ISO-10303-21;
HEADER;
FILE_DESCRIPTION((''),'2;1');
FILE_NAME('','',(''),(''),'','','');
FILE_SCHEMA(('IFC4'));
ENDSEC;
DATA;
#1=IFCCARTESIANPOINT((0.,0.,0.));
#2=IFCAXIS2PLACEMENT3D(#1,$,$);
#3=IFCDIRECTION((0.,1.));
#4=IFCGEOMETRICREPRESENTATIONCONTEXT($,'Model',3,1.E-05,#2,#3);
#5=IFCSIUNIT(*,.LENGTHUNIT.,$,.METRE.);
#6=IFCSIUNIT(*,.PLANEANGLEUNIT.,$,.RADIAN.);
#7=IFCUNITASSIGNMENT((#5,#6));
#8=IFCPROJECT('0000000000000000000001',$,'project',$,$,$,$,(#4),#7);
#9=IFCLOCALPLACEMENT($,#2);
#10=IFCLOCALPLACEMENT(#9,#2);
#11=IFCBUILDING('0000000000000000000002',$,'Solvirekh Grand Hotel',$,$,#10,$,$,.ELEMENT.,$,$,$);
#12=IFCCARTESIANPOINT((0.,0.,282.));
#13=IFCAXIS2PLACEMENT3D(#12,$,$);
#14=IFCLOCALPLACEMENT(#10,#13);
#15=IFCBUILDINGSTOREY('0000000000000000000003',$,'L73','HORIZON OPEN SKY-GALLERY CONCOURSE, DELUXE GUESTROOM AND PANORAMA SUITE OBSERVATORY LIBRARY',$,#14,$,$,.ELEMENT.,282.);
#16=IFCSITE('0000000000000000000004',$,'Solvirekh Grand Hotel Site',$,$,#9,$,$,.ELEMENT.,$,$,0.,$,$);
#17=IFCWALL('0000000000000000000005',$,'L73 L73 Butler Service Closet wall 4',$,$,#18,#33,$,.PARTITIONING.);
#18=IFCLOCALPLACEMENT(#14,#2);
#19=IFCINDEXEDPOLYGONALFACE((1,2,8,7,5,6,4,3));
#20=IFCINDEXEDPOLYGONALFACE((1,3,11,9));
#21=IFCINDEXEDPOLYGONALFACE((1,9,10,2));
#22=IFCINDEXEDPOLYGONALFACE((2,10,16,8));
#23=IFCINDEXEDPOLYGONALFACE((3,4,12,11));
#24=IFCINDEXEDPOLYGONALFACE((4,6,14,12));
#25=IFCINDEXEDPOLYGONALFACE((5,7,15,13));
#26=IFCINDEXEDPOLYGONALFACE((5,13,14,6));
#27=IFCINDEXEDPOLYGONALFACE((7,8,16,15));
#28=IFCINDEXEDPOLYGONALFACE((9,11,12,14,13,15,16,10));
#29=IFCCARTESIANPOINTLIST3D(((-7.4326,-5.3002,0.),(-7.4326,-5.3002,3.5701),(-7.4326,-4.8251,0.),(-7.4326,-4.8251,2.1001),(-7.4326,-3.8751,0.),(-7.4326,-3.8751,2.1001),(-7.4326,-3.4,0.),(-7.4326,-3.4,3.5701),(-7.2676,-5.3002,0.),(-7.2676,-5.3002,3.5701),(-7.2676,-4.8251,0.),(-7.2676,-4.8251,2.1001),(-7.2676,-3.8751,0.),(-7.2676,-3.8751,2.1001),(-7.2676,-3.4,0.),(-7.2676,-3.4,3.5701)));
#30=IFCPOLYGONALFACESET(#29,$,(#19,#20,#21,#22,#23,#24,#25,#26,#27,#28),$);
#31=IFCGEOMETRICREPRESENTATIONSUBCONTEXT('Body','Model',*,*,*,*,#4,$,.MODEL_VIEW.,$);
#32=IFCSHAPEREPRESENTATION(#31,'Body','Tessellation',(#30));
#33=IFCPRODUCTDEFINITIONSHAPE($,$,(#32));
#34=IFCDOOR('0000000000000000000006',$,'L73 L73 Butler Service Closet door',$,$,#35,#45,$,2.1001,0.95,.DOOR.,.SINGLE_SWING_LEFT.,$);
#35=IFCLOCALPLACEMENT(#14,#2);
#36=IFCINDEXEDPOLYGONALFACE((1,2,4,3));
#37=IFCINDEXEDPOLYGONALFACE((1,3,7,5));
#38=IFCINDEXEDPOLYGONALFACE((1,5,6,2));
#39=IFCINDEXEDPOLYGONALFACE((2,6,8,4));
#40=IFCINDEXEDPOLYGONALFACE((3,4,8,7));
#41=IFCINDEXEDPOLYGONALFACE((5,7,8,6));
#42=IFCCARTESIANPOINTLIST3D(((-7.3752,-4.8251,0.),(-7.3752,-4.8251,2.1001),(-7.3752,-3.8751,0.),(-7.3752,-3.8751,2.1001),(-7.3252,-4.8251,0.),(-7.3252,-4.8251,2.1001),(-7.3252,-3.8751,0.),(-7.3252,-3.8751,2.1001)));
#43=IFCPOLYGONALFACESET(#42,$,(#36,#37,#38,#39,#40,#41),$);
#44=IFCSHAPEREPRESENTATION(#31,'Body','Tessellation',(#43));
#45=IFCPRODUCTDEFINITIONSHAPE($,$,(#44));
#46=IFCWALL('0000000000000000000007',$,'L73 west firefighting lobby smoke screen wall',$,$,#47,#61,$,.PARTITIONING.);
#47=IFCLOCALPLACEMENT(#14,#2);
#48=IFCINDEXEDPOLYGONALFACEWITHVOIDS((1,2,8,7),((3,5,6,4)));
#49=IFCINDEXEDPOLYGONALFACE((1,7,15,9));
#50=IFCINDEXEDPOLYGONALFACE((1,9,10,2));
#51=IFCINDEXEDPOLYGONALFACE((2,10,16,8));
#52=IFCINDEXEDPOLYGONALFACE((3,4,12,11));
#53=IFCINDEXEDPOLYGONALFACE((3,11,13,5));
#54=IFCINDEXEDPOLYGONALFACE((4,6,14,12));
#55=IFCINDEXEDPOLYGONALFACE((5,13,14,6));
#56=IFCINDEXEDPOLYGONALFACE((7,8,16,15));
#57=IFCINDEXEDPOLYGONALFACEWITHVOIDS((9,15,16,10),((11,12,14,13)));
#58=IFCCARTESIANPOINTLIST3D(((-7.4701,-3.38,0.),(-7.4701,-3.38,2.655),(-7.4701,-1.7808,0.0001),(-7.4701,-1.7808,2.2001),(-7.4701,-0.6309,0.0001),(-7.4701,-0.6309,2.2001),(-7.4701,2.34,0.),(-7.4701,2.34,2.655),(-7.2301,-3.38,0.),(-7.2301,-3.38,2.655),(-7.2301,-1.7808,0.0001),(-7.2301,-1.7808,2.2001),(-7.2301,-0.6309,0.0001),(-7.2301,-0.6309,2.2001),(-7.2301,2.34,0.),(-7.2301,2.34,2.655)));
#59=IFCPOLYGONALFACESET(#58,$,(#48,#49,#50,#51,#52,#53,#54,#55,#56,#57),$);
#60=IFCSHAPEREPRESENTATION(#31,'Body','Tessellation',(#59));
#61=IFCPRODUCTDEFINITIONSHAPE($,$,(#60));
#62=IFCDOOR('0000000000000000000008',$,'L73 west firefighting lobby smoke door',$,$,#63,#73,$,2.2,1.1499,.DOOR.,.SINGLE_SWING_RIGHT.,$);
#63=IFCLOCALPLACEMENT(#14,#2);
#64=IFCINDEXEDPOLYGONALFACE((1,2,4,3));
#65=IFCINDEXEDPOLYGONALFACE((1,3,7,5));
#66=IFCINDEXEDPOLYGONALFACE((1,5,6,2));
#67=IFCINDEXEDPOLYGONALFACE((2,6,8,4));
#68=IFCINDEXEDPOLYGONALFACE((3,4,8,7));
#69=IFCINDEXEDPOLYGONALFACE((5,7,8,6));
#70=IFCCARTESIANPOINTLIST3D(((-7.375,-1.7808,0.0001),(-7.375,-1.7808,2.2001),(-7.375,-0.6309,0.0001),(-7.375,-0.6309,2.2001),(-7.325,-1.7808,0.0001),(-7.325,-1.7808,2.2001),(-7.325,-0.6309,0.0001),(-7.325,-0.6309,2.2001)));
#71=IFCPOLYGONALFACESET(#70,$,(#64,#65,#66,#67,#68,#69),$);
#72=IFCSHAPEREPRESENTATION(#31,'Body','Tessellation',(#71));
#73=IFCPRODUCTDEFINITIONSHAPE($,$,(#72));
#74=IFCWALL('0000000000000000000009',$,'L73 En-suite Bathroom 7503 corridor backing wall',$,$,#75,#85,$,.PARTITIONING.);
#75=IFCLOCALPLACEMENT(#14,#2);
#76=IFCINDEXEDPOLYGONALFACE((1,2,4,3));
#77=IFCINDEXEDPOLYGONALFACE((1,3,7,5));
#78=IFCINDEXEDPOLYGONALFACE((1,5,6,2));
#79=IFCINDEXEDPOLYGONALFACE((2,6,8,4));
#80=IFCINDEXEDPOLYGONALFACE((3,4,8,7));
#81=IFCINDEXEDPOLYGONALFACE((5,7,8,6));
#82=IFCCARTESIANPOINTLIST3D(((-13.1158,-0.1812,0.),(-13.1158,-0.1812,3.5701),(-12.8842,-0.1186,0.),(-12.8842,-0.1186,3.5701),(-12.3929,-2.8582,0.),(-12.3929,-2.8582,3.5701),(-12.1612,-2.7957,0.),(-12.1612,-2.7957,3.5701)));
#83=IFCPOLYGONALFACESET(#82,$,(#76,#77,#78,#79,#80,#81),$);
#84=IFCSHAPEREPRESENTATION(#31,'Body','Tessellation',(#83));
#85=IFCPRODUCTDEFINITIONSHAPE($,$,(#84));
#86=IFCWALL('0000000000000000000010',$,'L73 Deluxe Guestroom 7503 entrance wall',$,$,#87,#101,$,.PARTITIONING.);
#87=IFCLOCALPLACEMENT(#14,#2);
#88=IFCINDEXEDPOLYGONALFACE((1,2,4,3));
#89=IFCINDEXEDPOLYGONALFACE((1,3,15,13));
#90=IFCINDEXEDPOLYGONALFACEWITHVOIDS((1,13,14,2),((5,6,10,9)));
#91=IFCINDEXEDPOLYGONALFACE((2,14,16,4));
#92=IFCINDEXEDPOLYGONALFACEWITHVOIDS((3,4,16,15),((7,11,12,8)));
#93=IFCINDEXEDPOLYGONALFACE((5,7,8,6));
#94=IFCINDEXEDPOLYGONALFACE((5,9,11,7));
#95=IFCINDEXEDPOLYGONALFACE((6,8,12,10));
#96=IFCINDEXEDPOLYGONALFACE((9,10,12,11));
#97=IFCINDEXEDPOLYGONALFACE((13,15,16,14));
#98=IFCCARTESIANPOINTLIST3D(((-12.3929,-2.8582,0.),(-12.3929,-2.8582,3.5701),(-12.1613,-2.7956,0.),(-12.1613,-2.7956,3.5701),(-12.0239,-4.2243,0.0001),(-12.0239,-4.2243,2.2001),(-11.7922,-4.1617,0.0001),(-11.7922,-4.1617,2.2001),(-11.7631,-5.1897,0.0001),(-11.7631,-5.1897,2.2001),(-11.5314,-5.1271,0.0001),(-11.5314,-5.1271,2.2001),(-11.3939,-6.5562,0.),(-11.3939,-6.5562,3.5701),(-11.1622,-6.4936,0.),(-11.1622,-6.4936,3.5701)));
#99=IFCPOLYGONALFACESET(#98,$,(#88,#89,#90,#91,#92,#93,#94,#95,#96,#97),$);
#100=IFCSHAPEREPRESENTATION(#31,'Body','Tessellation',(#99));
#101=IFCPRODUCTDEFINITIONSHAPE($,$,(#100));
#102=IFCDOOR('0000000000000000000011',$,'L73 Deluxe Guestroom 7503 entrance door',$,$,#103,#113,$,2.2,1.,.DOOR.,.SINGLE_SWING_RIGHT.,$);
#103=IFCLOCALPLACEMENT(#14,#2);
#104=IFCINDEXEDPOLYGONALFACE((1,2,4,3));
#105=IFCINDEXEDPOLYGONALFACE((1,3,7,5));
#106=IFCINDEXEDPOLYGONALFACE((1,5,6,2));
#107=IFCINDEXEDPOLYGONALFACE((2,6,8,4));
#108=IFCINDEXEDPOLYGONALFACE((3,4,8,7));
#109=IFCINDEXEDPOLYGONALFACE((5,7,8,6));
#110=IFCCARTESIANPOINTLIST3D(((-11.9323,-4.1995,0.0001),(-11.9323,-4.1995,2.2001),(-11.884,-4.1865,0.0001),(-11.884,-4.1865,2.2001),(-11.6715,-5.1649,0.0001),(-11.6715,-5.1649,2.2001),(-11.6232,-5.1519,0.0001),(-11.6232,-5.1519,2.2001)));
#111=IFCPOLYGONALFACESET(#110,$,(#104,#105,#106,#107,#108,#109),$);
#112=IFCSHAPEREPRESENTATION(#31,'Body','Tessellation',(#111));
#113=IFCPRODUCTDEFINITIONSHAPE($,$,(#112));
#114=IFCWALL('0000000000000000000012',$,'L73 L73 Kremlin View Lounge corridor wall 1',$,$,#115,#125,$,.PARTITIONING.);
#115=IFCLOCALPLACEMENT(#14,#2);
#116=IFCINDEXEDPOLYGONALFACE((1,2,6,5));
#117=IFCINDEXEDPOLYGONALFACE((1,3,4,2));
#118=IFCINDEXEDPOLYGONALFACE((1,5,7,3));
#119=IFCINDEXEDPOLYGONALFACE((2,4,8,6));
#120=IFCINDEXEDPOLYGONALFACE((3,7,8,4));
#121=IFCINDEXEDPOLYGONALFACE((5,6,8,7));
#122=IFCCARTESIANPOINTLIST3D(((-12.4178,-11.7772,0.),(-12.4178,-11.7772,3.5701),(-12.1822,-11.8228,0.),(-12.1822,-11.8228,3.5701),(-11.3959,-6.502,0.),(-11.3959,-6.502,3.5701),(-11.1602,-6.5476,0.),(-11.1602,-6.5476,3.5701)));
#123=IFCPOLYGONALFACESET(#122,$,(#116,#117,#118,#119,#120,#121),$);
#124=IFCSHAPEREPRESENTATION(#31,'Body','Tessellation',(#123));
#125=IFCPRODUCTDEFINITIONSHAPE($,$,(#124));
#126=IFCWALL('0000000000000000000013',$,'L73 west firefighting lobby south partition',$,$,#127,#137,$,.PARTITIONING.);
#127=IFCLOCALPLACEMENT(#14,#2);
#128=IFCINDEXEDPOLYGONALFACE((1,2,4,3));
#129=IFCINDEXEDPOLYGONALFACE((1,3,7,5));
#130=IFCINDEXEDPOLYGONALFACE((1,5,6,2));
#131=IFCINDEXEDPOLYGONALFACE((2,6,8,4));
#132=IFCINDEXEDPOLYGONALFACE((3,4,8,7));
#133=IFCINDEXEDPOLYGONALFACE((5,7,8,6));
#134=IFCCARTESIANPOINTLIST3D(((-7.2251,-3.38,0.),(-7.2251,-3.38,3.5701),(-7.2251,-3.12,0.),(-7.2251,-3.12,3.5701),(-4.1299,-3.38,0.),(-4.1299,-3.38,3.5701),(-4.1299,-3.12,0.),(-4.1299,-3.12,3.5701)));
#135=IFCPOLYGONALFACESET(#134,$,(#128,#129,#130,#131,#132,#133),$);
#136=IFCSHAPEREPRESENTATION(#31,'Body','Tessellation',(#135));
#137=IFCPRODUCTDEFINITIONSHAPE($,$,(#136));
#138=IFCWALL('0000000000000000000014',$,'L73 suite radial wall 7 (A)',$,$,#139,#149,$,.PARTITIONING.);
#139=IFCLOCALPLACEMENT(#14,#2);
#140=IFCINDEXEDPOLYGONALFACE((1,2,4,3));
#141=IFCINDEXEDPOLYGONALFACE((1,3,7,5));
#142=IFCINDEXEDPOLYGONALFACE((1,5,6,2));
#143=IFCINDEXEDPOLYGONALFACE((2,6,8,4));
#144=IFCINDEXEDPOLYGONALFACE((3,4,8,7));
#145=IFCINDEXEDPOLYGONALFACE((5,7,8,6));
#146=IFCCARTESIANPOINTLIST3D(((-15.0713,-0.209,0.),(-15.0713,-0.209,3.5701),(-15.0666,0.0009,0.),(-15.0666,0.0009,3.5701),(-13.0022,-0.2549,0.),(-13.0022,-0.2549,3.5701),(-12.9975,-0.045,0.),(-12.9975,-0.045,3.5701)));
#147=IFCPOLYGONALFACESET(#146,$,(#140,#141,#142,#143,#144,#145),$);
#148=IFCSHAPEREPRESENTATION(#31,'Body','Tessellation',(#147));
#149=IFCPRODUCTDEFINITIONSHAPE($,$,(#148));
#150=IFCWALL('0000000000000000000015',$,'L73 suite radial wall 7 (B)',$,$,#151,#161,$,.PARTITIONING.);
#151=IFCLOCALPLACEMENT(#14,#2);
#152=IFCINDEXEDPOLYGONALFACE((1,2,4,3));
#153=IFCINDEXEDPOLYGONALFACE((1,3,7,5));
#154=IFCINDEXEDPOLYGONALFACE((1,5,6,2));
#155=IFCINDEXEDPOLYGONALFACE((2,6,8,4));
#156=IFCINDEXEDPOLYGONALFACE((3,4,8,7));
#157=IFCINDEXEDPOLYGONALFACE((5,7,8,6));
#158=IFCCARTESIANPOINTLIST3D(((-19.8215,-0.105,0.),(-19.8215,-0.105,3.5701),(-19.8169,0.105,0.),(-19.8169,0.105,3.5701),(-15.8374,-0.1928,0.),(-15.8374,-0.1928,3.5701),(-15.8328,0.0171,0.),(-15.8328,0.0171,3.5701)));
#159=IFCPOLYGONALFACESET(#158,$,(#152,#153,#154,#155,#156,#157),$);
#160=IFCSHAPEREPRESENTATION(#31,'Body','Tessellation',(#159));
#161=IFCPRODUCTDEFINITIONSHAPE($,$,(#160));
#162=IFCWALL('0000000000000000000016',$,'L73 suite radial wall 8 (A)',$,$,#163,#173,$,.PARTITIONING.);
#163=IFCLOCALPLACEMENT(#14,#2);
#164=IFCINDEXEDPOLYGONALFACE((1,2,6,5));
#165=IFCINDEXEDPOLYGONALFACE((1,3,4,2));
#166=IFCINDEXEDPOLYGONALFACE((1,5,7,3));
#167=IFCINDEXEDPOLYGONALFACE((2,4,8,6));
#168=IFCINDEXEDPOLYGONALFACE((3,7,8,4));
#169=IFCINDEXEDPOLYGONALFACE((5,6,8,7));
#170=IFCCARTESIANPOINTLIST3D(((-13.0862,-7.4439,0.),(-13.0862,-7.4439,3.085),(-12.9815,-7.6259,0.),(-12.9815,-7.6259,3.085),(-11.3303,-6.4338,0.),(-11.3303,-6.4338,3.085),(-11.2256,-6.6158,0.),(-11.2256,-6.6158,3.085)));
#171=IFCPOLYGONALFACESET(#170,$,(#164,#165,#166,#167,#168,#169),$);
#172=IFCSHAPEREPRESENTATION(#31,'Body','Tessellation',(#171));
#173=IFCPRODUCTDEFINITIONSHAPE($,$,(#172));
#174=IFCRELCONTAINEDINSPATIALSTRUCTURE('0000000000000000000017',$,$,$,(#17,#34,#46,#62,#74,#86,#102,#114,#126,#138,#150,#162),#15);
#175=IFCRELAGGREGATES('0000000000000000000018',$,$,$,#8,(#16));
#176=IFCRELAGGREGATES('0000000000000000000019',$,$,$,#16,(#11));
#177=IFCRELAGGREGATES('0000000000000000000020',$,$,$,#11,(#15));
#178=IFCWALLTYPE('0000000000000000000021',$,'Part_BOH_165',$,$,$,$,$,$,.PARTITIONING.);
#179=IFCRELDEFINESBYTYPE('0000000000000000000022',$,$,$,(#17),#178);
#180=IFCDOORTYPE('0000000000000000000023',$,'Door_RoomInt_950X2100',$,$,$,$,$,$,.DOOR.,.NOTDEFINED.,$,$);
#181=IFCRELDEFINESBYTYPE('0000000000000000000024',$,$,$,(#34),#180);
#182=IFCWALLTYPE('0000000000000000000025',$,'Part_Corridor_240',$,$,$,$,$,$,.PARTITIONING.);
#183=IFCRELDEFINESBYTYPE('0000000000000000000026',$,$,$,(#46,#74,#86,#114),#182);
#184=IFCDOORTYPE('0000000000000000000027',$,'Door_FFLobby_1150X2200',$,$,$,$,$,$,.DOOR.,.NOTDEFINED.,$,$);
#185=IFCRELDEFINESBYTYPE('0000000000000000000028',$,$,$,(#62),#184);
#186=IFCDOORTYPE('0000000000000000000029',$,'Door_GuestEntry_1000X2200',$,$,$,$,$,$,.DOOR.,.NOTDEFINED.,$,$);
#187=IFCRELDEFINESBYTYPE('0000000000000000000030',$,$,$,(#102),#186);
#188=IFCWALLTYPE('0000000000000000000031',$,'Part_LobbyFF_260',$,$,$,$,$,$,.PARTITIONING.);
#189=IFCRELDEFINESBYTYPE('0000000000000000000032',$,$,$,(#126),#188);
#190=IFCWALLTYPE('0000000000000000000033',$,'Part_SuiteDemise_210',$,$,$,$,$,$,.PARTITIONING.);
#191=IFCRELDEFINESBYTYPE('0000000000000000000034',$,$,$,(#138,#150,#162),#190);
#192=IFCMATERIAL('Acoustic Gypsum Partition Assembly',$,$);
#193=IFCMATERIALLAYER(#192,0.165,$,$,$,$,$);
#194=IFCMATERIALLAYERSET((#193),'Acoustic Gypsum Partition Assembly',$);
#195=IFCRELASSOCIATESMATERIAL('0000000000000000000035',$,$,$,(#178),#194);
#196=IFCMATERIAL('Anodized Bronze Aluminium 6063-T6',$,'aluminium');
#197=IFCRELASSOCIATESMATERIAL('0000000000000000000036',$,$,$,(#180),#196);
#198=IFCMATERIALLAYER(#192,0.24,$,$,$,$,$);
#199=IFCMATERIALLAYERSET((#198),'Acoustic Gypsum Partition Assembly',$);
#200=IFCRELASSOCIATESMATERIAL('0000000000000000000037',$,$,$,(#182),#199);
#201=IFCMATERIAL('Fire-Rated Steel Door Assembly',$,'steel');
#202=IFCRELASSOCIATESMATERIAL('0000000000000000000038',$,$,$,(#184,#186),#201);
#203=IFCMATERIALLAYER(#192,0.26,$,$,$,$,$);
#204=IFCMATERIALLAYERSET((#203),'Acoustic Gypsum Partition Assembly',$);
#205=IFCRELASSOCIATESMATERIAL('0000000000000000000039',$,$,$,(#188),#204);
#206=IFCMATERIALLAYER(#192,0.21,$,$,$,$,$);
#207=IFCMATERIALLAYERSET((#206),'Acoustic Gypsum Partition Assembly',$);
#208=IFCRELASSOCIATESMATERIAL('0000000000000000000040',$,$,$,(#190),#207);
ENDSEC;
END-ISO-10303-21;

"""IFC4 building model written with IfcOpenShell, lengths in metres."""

from ifc_helpers import new_model, si_unit, direction, frame, frame_2d, origin, place, context, subcontext, project, spatial, rectangle, extrude, material, layer, layer_set, type_object, element, fill, save


model = new_model("IFC4")

# Units and contexts
model_context = context("Model", 3, precision=1e-05, world=origin(), true_north=direction((0.0, 1.0)))
body_context = subcontext(model_context, "Body", "Model", "MODEL_VIEW")
ifc_project = project(units=[si_unit("LENGTHUNIT", "METRE"), si_unit("PLANEANGLEUNIT", "RADIAN")], contexts=[model_context])

# Site, building, storey
site_placement = place(None, origin())
site = spatial("IfcSite", under=ifc_project, at=site_placement, Name="Solvirekh Grand Hotel Site", CompositionType="ELEMENT", RefElevation=0.0)
building_placement = place(site_placement, origin())
building = spatial("IfcBuilding", under=site, at=building_placement, Name="Solvirekh Grand Hotel", CompositionType="ELEMENT")
storey_placement = place(building_placement, frame((0.0, 0.0, 282.0)))
storey = spatial("IfcBuildingStorey", under=building, at=storey_placement, Name="L73", Description="HORIZON OPEN SKY-GALLERY CONCOURSE, DELUXE GUESTROOM AND PANORAMA SUITE OBSERVATORY LIBRARY", CompositionType="ELEMENT", Elevation=282.0)

# Shared definitions
ifc_material_1 = material(Name="Acoustic Gypsum Partition Assembly")
ifc_layer_1 = layer(ifc_material_1, 0.165)
ifc_layer_set_1 = layer_set([ifc_layer_1], Name="Acoustic Gypsum Partition Assembly")
wall_type_1 = type_object("IfcWallType", Name="Part_BOH_165", PredefinedType="PARTITIONING", material=ifc_layer_set_1)

# Walls, openings, doors
wall_1_placement = place(storey_placement, frame((-7.3501, -3.3999, 0.0), z_axis=(0.0, 0.0, 1.0), x_axis=(0.0, -1.0, 0.0)))
wall_1 = element("IfcWall", 1, at=wall_1_placement, inside=storey, type_object=wall_type_1, Name="L73 L73 Butler Service Closet wall 4", PredefinedType="PARTITIONING", context=body_context, shape_type="SweptSolid", body=[
    extrude(rectangle(XDim=1.9001, YDim=0.165, at=frame_2d((0.9502, 0.0))), origin(), (0.0, 0.0, 1.0), 3.5701),
])
opening_1_placement = place(wall_1_placement, frame((0.4751, 0.0, 0.0)))
opening_1 = element("IfcOpeningElement", 2, at=opening_1_placement, cuts=wall_1, PredefinedType="OPENING", context=body_context, shape_type="SweptSolid", body=[
    extrude(rectangle(XDim=0.95, YDim=2.1001, at=frame_2d((0.4751, 1.05))), frame((0.0, 0.0925, 0.0), z_axis=(0.0, -1.0, 0.0), x_axis=(1.0, 0.0, 0.0)), (0.0, 0.0, 1.0), 0.1851),
])
ifc_material_2 = material(Name="Anodized Bronze Aluminium 6063-T6", Category="aluminium")
door_type_1 = type_object("IfcDoorType", Name="Door_RoomInt_950X2100", OperationType="NOTDEFINED", PredefinedType="DOOR", material=ifc_material_2)
door_1_placement = place(opening_1_placement, origin())
door_1 = element("IfcDoor", 3, at=door_1_placement, inside=storey, type_object=door_type_1, Name="L73 L73 Butler Service Closet door", OperationType="SINGLE_SWING_LEFT", OverallHeight=2.1001, OverallWidth=0.95, PredefinedType="DOOR", context=body_context, shape_type="SweptSolid", body=[
    extrude(rectangle(XDim=0.95, YDim=2.1001, at=frame_2d((0.4751, 1.05))), frame((0.0, 0.0249, 0.0), z_axis=(0.0, -1.0, 0.0), x_axis=(1.0, 0.0, 0.0)), (0.0, 0.0, 1.0), 0.05),
])
fill(opening_1, door_1)
ifc_layer_2 = layer(ifc_material_1, 0.24)
ifc_layer_set_2 = layer_set([ifc_layer_2], Name="Acoustic Gypsum Partition Assembly")
wall_type_2 = type_object("IfcWallType", Name="Part_Corridor_240", PredefinedType="PARTITIONING", material=ifc_layer_set_2)
wall_2_placement = place(storey_placement, frame((-7.3501, -3.3799, 0.0), z_axis=(0.0, 0.0, 1.0), x_axis=(0.0, 1.0, 0.0)))
wall_2 = element("IfcWall", 4, at=wall_2_placement, inside=storey, type_object=wall_type_2, Name="L73 west firefighting lobby smoke screen wall", PredefinedType="PARTITIONING", context=body_context, shape_type="SweptSolid", body=[
    extrude(rectangle(XDim=5.72, YDim=0.24, at=frame_2d((2.8599, 0.0))), origin(), (0.0, 0.0, 1.0), 2.655),
])
opening_2_placement = place(wall_2_placement, frame((1.5991, 0.0, 0.0)))
opening_2 = element("IfcOpeningElement", 5, at=opening_2_placement, cuts=wall_2, PredefinedType="OPENING", context=body_context, shape_type="SweptSolid", body=[
    extrude(rectangle(XDim=1.1499, YDim=2.2, at=frame_2d((0.575, 1.1001))), frame((0.0, 0.1299, 0.0), z_axis=(0.0, -1.0, 0.0), x_axis=(1.0, 0.0, 0.0)), (0.0, 0.0, 1.0), 0.26),
])
ifc_material_3 = material(Name="Fire-Rated Steel Door Assembly", Category="steel")
door_type_2 = type_object("IfcDoorType", Name="Door_FFLobby_1150X2200", OperationType="NOTDEFINED", PredefinedType="DOOR", material=ifc_material_3)
door_2_placement = place(opening_2_placement, origin())
door_2 = element("IfcDoor", 6, at=door_2_placement, inside=storey, type_object=door_type_2, Name="L73 west firefighting lobby smoke door", OperationType="SINGLE_SWING_RIGHT", OverallHeight=2.2, OverallWidth=1.1499, PredefinedType="DOOR", context=body_context, shape_type="SweptSolid", body=[
    extrude(rectangle(XDim=1.1499, YDim=2.2, at=frame_2d((0.575, 1.1001))), frame((0.0, 0.0249, 0.0), z_axis=(0.0, -1.0, 0.0), x_axis=(1.0, 0.0, 0.0)), (0.0, 0.0, 1.0), 0.05),
])
fill(opening_2, door_2)

# Wall
wall_3_placement = place(storey_placement, frame((-13.0, -0.1499, 0.0), z_axis=(0.0, 0.0, 1.0), x_axis=(0.260703, -0.965419, 0.0)))
element("IfcWall", 7, at=wall_3_placement, inside=storey, type_object=wall_type_2, Name="L73 En-suite Bathroom 7503 corridor backing wall", PredefinedType="PARTITIONING", context=body_context, shape_type="SweptSolid", body=[
    extrude(rectangle(XDim=2.7729, YDim=0.24, at=frame_2d((1.3865, 0.0))), origin(), (0.0, 0.0, 1.0), 3.5701),
])

# Wall, opening, door
wall_4_placement = place(storey_placement, frame((-12.2771, -2.8269, 0.0), z_axis=(0.0, 0.0, 1.0), x_axis=(0.260803, -0.965392, 0.0)))
wall_4 = element("IfcWall", 8, at=wall_4_placement, inside=storey, type_object=wall_type_2, Name="L73 Deluxe Guestroom 7503 entrance wall", PredefinedType="PARTITIONING", context=body_context, shape_type="SweptSolid", body=[
    extrude(rectangle(XDim=3.8306, YDim=0.24, at=frame_2d((1.9153, 0.0))), origin(), (0.0, 0.0, 1.0), 3.5701),
])
opening_3_placement = place(wall_4_placement, frame((1.415, 0.0, 0.0)))
opening_3 = element("IfcOpeningElement", 9, at=opening_3_placement, cuts=wall_4, PredefinedType="OPENING", context=body_context, shape_type="SweptSolid", body=[
    extrude(rectangle(XDim=1.0, YDim=2.2, at=frame_2d((0.5, 1.1001))), frame((0.0, 0.1299, 0.0), z_axis=(0.0, -1.0, 0.0), x_axis=(1.0, 0.0, 0.0)), (0.0, 0.0, 1.0), 0.26),
])
door_type_3 = type_object("IfcDoorType", Name="Door_GuestEntry_1000X2200", OperationType="NOTDEFINED", PredefinedType="DOOR", material=ifc_material_3)
door_3_placement = place(opening_3_placement, origin())
door_3 = element("IfcDoor", 10, at=door_3_placement, inside=storey, type_object=door_type_3, Name="L73 Deluxe Guestroom 7503 entrance door", OperationType="SINGLE_SWING_RIGHT", OverallHeight=2.2, OverallWidth=1.0, PredefinedType="DOOR", context=body_context, shape_type="SweptSolid", body=[
    extrude(rectangle(XDim=1.0, YDim=2.2, at=frame_2d((0.5, 1.1001))), frame((0.0, 0.0249, 0.0), z_axis=(0.0, -1.0, 0.0), x_axis=(1.0, 0.0, 0.0)), (0.0, 0.0, 1.0), 0.05),
])
fill(opening_3, door_3)

# Walls
wall_5_placement = place(storey_placement, frame((-11.2781, -6.5249, 0.0), z_axis=(0.0, 0.0, 1.0), x_axis=(-0.190197, -0.981746, 0.0)))
element("IfcWall", 11, at=wall_5_placement, inside=storey, type_object=wall_type_2, Name="L73 L73 Kremlin View Lounge corridor wall 1", PredefinedType="PARTITIONING", context=body_context, shape_type="SweptSolid", body=[
    extrude(rectangle(XDim=5.3733, YDim=0.24, at=frame_2d((2.6865, 0.0))), origin(), (0.0, 0.0, 1.0), 3.5701),
])
ifc_layer_3 = layer(ifc_material_1, 0.26)
ifc_layer_set_3 = layer_set([ifc_layer_3], Name="Acoustic Gypsum Partition Assembly")
wall_type_3 = type_object("IfcWallType", Name="Part_LobbyFF_260", PredefinedType="PARTITIONING", material=ifc_layer_set_3)
wall_6_placement = place(storey_placement, frame((-7.2251, -3.25, 0.0), z_axis=(0.0, 0.0, 1.0), x_axis=(1.0, 0.0, 0.0)))
element("IfcWall", 12, at=wall_6_placement, inside=storey, type_object=wall_type_3, Name="L73 west firefighting lobby south partition", PredefinedType="PARTITIONING", context=body_context, shape_type="SweptSolid", body=[
    extrude(rectangle(XDim=3.0952, YDim=0.26, at=frame_2d((1.5476, 0.0))), origin(), (0.0, 0.0, 1.0), 3.5701),
])
ifc_layer_4 = layer(ifc_material_1, 0.21)
ifc_layer_set_4 = layer_set([ifc_layer_4], Name="Acoustic Gypsum Partition Assembly")
wall_type_4 = type_object("IfcWallType", Name="Part_SuiteDemise_210", PredefinedType="PARTITIONING", material=ifc_layer_set_4)
wall_7_placement = place(storey_placement, frame((-13.0, -0.1499, 0.0), z_axis=(0.0, 0.0, 1.0), x_axis=(-0.999754, 0.022177, 0.0)))
element("IfcWall", 13, at=wall_7_placement, inside=storey, type_object=wall_type_4, Name="L73 suite radial wall 7 (A)", PredefinedType="PARTITIONING", context=body_context, shape_type="SweptSolid", body=[
    extrude(rectangle(XDim=2.0696, YDim=0.21, at=frame_2d((1.0347, 0.0))), origin(), (0.0, 0.0, 1.0), 3.5701),
])
wall_8_placement = place(storey_placement, frame((-15.835, -0.0879, 0.0), z_axis=(0.0, 0.0, 1.0), x_axis=(-0.999757, 0.022055, 0.0)))
element("IfcWall", 14, at=wall_8_placement, inside=storey, type_object=wall_type_4, Name="L73 suite radial wall 7 (B)", PredefinedType="PARTITIONING", context=body_context, shape_type="SweptSolid", body=[
    extrude(rectangle(XDim=3.9851, YDim=0.21, at=frame_2d((1.9927, 0.0))), origin(), (0.0, 0.0, 1.0), 3.5701),
])
wall_9_placement = place(storey_placement, frame((-11.2781, -6.5249, 0.0), z_axis=(0.0, 0.0, 1.0), x_axis=(-0.866823, -0.498616, 0.0)))
element("IfcWall", 15, at=wall_9_placement, inside=storey, type_object=wall_type_4, Name="L73 suite radial wall 8 (A)", PredefinedType="PARTITIONING", context=body_context, shape_type="SweptSolid", body=[
    extrude(rectangle(XDim=2.0256, YDim=0.21, at=frame_2d((1.0127, 0.0))), origin(), (0.0, 0.0, 1.0), 3.085),
])

save(model, "model.ifc")
